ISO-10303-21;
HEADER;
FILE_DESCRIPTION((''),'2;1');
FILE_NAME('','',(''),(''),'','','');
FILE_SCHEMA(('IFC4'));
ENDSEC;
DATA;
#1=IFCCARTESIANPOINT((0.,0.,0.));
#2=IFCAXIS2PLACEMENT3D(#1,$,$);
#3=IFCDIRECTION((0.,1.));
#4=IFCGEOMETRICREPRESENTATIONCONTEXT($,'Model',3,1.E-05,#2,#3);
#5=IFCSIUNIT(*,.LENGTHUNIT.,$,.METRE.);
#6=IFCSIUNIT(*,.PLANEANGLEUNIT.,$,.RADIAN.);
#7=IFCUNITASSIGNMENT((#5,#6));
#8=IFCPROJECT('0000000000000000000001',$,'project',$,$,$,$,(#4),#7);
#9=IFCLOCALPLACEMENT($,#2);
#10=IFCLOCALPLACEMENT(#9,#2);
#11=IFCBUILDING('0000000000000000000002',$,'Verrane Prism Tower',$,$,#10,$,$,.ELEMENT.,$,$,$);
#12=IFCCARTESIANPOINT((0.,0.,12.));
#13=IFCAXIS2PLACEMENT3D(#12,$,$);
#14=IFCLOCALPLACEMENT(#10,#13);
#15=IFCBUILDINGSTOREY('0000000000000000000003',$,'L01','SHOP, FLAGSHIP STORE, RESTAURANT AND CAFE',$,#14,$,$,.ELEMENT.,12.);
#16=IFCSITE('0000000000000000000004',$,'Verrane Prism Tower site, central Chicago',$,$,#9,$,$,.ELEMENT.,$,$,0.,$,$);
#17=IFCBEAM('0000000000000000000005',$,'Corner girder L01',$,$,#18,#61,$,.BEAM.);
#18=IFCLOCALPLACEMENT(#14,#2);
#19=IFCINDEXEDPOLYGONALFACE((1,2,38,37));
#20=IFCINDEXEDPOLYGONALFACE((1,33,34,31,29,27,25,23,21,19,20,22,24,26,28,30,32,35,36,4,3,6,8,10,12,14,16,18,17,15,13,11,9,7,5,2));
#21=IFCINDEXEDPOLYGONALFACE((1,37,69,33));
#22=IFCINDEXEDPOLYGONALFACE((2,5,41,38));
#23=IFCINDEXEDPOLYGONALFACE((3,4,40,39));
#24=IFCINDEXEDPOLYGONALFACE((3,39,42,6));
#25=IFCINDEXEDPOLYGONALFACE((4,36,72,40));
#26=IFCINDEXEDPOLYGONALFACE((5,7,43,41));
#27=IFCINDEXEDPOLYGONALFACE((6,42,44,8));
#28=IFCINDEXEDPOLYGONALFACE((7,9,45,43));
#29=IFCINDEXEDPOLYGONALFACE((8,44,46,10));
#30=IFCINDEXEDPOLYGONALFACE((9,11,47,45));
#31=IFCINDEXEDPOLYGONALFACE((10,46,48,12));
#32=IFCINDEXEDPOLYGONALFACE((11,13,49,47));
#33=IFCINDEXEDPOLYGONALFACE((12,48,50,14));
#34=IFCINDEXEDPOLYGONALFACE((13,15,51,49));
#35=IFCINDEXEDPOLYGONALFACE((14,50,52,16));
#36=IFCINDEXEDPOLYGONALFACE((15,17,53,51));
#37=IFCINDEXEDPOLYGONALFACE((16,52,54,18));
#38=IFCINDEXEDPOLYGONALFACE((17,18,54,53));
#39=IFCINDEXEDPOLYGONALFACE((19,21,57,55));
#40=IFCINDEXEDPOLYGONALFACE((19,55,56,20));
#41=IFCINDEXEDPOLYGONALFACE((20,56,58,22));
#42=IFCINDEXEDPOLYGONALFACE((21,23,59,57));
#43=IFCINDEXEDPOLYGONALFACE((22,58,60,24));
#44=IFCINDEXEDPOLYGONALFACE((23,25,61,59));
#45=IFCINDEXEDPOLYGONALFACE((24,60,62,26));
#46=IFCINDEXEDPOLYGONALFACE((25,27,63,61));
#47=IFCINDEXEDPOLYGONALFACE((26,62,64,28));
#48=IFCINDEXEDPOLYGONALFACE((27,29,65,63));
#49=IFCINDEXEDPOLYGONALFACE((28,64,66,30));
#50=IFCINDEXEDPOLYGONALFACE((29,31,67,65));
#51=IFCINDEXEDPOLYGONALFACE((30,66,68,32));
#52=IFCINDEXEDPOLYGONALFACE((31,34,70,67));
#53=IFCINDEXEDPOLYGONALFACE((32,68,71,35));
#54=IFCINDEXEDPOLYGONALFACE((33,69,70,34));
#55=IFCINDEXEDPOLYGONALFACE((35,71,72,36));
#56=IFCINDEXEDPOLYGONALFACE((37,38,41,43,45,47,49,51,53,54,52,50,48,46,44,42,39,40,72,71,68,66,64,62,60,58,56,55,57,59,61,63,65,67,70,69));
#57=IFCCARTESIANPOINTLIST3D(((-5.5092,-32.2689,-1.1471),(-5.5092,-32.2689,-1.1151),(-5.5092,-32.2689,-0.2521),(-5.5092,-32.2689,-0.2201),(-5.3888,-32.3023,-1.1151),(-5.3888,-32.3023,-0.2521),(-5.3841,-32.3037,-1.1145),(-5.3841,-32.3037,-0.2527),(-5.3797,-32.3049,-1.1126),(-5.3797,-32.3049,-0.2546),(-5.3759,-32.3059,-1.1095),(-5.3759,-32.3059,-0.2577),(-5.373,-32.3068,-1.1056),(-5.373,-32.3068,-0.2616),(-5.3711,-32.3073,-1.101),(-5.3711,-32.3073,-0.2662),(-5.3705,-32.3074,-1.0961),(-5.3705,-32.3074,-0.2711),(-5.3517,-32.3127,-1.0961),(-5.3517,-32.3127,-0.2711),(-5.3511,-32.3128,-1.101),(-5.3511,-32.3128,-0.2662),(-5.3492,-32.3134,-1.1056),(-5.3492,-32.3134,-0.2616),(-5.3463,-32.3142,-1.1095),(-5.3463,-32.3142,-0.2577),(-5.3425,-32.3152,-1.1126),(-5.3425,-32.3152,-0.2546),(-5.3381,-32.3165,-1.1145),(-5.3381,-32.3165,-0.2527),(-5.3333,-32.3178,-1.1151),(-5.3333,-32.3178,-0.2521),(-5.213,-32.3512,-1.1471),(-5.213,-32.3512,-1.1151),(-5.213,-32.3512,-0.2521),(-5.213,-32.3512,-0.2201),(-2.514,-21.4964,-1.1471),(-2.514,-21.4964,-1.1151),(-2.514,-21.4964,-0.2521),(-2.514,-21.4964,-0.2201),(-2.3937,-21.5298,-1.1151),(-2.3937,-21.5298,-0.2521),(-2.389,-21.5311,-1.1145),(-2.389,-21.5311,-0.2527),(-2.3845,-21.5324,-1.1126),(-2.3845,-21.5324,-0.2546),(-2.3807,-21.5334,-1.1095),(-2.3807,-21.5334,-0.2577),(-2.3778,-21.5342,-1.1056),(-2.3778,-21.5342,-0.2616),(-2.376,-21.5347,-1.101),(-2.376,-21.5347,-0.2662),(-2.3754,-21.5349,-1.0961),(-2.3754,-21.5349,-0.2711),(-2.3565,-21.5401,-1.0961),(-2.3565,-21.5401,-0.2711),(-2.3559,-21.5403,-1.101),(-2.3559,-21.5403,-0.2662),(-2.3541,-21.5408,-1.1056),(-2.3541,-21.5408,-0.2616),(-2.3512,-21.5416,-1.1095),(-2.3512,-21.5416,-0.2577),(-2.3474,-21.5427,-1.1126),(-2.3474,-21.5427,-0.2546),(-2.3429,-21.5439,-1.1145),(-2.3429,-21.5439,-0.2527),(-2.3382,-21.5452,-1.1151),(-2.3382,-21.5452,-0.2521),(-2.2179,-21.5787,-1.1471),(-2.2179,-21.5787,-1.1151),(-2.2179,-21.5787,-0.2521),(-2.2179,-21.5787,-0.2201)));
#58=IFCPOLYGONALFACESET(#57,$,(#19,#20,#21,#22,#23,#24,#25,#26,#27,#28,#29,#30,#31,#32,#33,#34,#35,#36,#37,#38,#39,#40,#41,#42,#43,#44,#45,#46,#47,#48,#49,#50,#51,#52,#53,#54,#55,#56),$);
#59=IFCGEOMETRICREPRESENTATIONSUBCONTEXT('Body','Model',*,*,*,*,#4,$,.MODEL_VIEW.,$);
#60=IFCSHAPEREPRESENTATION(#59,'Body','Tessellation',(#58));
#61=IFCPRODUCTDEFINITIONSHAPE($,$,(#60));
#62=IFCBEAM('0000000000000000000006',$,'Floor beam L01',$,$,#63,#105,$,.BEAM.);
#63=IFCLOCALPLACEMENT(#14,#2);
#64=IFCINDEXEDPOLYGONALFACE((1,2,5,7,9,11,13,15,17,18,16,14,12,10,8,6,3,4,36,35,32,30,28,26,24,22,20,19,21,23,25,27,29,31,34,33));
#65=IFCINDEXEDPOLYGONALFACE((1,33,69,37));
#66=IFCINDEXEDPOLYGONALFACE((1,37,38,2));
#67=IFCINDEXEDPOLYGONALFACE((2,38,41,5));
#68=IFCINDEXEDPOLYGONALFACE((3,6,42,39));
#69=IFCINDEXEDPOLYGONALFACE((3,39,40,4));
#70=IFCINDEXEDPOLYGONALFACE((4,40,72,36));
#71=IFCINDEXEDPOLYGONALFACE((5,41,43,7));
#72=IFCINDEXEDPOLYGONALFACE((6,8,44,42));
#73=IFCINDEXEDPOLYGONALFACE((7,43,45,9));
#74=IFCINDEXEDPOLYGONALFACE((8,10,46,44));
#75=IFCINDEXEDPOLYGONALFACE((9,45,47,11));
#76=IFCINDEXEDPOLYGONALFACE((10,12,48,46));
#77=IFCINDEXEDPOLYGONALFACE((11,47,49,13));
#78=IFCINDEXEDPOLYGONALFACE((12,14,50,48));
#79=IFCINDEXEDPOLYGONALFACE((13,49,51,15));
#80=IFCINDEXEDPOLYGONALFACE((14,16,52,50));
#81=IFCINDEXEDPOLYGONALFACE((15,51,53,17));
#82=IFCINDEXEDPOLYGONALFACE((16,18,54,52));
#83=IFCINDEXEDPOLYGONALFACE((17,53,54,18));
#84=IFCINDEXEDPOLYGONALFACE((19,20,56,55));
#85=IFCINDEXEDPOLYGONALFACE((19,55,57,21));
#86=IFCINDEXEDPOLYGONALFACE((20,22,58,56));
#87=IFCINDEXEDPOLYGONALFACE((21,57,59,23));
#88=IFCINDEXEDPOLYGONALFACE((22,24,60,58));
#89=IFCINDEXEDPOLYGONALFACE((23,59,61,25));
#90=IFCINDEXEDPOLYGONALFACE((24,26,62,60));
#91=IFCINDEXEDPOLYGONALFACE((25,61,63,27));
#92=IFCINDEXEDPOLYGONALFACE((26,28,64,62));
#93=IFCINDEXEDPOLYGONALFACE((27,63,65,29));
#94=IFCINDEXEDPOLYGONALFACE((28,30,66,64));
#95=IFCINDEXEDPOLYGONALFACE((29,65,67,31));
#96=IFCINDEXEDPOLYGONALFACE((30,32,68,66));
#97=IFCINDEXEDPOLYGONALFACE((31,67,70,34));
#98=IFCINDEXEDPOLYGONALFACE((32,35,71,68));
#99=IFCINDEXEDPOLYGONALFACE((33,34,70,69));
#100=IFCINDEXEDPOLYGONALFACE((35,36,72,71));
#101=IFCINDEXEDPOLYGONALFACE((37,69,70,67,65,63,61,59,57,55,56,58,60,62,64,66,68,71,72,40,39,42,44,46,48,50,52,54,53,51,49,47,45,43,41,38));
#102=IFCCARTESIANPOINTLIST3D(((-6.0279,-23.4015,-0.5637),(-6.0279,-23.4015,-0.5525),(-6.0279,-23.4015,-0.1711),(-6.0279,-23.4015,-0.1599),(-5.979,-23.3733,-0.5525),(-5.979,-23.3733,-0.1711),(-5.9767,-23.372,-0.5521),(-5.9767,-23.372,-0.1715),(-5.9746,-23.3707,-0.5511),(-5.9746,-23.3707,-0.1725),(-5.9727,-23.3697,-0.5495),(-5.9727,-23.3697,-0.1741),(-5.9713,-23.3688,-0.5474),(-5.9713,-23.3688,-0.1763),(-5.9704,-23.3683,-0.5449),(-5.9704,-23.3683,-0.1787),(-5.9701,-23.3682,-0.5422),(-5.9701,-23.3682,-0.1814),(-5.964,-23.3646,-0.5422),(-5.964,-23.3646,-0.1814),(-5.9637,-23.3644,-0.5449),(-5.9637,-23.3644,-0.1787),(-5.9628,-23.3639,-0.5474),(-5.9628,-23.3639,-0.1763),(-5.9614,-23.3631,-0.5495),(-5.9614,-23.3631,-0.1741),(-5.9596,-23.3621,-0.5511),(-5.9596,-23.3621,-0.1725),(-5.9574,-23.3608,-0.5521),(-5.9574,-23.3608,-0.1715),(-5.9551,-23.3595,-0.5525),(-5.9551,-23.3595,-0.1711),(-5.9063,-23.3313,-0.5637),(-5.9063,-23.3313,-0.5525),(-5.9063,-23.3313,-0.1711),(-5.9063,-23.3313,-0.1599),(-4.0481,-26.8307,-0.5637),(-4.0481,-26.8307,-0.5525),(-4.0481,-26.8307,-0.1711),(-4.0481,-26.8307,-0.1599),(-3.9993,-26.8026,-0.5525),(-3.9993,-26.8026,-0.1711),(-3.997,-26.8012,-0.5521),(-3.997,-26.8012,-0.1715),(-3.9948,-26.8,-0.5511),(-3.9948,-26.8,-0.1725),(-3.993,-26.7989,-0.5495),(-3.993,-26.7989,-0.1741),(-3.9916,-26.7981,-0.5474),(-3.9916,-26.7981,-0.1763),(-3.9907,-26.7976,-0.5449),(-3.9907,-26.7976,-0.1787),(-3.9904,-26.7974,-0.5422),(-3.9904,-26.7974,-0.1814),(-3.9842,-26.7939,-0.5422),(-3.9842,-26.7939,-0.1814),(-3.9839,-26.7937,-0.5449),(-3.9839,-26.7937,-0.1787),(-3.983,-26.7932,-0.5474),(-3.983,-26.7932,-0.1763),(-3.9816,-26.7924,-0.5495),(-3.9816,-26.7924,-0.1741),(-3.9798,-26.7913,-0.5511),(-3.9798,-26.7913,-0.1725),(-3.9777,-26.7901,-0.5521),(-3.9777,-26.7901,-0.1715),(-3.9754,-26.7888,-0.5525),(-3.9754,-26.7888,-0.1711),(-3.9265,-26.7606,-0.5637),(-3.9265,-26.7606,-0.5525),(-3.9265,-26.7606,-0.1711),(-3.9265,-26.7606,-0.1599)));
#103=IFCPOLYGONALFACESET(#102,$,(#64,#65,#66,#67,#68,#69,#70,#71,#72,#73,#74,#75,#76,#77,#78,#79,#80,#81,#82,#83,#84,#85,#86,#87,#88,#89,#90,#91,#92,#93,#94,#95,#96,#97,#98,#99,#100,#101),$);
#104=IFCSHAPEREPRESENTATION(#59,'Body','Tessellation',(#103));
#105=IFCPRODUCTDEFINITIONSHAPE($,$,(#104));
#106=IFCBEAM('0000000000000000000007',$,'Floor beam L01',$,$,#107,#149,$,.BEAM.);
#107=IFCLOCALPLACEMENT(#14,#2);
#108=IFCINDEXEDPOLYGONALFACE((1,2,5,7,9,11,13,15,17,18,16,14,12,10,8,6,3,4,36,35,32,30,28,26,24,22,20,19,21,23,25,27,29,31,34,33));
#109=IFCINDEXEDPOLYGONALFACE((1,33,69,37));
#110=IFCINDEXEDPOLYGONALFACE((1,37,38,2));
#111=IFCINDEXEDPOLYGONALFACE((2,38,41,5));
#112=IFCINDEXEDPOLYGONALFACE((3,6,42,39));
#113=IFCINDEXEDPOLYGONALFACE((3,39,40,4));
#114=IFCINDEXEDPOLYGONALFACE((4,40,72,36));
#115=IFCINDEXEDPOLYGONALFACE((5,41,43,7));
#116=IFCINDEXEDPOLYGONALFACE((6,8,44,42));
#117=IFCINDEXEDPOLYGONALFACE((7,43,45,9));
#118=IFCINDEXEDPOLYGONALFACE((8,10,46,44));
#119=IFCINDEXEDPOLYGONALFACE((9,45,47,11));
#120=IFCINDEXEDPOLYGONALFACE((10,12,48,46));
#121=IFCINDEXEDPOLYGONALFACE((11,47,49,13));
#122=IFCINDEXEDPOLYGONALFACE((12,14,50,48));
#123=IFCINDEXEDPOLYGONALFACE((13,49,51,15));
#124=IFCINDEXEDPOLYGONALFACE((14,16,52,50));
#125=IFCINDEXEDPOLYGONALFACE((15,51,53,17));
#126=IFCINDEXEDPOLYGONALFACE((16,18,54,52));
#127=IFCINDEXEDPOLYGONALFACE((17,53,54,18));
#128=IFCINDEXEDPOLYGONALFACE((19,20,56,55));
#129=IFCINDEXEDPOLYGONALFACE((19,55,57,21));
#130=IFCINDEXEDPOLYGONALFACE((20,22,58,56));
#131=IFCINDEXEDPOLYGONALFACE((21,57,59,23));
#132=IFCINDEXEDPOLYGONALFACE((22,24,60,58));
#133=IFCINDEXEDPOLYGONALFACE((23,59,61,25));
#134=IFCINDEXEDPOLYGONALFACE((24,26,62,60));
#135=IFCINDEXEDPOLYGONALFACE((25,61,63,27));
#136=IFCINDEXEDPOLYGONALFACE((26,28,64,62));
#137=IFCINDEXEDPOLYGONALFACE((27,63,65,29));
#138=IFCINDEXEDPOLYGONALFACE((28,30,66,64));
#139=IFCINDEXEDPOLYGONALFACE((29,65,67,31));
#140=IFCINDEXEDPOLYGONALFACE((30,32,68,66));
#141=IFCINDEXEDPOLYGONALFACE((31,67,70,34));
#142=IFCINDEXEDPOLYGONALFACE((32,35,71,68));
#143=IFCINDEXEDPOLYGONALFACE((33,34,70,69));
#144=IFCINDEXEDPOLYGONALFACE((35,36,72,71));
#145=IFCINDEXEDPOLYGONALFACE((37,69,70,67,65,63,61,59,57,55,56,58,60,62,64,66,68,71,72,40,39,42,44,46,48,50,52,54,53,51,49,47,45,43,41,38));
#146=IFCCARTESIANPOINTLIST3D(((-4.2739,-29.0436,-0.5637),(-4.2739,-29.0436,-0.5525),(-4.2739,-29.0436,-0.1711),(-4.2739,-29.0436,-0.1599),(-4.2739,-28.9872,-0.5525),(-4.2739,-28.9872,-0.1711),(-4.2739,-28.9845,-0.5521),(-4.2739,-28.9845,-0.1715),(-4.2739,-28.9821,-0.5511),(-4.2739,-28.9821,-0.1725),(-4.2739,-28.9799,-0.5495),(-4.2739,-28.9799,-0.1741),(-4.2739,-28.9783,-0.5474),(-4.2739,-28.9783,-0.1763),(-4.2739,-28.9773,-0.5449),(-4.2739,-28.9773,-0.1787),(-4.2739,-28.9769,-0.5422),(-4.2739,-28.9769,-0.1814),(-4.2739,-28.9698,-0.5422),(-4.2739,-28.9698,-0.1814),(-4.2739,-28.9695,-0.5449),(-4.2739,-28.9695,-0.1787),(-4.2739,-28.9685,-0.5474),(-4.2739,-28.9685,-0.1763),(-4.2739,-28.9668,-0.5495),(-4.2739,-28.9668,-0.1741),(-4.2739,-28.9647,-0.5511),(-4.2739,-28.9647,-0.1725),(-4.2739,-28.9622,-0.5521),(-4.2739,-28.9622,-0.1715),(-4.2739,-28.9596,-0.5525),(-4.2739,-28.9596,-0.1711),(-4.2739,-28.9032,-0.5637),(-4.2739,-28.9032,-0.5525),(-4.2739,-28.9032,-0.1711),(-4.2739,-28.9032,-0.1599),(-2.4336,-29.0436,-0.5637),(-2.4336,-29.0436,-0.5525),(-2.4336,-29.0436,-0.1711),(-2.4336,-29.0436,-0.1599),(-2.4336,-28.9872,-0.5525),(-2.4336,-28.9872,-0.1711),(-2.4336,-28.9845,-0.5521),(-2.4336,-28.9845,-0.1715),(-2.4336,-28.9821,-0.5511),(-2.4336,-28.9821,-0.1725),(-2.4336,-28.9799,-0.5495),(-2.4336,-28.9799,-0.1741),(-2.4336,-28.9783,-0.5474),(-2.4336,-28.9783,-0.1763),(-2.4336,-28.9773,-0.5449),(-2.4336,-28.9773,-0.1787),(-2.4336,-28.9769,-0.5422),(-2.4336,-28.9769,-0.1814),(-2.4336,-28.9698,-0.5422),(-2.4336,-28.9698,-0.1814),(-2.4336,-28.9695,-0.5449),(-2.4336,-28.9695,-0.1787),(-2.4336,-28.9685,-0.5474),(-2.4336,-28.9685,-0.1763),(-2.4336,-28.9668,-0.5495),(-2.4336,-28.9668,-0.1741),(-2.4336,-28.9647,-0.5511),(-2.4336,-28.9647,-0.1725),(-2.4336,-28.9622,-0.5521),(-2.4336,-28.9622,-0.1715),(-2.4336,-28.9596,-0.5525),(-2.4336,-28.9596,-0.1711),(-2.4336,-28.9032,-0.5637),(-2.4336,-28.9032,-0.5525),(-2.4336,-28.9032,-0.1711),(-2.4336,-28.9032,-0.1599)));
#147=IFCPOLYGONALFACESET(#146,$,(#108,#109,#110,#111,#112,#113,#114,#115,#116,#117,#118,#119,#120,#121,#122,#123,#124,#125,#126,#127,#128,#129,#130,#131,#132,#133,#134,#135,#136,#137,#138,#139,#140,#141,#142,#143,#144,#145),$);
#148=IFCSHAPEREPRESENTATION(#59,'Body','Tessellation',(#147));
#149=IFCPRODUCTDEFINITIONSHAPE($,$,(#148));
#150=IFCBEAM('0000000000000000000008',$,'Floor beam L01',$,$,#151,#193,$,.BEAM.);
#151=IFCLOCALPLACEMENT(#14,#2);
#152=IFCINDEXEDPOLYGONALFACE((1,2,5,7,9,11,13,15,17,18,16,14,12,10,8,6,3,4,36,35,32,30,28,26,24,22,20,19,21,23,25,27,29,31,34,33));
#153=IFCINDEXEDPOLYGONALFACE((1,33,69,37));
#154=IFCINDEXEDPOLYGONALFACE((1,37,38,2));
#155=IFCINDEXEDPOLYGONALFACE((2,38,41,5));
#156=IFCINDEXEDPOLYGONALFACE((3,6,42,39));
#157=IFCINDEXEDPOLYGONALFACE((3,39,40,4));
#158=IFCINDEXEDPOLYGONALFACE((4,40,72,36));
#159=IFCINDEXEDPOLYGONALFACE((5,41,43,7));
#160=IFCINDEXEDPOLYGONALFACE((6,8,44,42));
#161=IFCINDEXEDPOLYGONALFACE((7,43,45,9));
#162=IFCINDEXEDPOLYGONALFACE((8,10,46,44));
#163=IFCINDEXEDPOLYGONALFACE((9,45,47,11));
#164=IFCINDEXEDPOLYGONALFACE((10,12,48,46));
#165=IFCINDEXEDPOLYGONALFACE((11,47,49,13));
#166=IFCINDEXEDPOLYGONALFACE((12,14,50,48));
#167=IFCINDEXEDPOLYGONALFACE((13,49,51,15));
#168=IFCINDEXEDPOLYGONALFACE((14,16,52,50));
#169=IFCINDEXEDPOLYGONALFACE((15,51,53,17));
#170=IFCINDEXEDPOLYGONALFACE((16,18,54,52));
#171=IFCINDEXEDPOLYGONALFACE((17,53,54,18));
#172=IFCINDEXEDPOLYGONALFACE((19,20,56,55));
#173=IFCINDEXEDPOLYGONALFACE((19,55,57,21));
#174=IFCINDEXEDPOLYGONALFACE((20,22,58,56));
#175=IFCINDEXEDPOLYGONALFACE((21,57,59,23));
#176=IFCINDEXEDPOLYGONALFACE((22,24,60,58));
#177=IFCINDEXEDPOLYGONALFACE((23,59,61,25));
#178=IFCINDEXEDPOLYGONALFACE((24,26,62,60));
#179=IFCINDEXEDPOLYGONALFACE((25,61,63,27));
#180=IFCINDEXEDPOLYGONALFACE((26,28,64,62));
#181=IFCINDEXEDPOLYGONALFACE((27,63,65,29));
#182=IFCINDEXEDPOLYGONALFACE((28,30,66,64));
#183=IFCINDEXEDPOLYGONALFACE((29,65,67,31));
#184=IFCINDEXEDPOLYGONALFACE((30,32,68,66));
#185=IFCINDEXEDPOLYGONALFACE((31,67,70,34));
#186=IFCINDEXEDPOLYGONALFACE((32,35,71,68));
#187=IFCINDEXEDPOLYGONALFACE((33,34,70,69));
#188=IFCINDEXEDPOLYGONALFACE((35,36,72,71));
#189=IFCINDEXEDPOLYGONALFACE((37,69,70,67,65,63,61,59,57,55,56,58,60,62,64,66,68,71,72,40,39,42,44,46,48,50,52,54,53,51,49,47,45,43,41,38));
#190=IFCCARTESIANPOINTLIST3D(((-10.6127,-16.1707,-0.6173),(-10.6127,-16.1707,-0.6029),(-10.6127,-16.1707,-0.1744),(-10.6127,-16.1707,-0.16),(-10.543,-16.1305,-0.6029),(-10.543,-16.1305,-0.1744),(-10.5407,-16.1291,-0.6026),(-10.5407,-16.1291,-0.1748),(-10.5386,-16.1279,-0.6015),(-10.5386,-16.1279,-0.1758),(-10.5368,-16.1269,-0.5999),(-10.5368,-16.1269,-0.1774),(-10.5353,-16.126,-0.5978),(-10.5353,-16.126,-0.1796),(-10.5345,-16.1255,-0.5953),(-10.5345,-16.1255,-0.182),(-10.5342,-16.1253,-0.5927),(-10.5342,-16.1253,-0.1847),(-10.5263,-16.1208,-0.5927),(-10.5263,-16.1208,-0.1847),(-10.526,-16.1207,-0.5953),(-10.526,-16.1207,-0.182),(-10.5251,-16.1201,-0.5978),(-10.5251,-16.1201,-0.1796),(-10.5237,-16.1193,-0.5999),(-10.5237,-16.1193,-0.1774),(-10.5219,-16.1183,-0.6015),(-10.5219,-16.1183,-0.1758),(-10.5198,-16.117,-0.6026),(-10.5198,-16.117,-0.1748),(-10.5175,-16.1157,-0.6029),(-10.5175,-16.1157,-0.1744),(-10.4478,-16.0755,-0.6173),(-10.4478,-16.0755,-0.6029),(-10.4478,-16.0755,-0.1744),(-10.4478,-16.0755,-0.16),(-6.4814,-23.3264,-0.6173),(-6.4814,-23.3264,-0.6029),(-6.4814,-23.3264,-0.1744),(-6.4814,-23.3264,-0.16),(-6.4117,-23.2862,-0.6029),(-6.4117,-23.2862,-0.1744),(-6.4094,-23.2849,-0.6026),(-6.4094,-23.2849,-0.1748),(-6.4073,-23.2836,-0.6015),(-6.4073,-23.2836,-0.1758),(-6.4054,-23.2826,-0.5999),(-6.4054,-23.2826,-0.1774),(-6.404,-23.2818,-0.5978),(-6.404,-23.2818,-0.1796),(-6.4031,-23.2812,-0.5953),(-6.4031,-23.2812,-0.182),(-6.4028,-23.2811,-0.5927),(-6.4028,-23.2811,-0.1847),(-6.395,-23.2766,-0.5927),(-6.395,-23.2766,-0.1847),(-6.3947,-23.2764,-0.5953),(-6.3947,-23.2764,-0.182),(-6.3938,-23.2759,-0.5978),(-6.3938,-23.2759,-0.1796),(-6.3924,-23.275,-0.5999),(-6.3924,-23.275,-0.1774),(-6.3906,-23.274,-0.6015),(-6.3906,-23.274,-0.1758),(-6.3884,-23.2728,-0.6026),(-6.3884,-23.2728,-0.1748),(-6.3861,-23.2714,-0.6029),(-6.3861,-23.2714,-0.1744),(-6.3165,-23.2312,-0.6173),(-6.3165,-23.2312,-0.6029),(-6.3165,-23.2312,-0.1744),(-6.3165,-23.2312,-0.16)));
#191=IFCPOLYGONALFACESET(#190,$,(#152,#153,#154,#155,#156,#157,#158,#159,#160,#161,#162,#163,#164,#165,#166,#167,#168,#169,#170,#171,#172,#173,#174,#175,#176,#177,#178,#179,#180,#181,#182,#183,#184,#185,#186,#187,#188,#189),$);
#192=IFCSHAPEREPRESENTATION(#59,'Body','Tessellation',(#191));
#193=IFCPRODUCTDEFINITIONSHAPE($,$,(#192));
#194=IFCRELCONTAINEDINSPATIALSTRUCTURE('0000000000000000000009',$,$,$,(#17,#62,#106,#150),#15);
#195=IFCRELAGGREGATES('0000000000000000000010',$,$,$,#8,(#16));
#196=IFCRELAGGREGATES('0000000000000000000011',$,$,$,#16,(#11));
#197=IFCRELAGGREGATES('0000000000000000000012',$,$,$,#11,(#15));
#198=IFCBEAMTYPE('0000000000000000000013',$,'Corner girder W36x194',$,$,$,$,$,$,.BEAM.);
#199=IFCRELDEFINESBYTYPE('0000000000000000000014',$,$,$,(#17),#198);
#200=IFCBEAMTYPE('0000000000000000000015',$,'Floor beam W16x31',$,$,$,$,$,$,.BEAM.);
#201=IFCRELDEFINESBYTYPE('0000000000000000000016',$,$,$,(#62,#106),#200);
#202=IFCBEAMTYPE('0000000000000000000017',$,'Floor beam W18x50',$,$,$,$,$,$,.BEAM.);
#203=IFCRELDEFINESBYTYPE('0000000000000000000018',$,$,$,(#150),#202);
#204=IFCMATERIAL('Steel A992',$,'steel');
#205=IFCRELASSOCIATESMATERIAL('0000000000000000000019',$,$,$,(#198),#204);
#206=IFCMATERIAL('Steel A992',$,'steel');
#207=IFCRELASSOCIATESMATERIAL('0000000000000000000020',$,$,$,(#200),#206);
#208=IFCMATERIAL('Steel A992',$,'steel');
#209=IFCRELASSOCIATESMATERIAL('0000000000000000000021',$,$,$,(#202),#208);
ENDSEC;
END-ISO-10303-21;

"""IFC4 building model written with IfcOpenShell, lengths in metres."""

from ifc_helpers import new_model, si_unit, direction, frame, origin, origin_2d, place, context, subcontext, project, spatial, i_section, extrude, material, material_profile, profile_set, type_object, element, save


model = new_model("IFC4")

# Units and contexts
model_context = context("Model", 3, precision=1e-05, world=origin(), true_north=direction((0.0, 1.0)))
body_context = subcontext(model_context, "Body", "Model", "MODEL_VIEW")
ifc_project = project(units=[si_unit("LENGTHUNIT", "METRE"), si_unit("PLANEANGLEUNIT", "RADIAN")], contexts=[model_context])

# Site, building, storey
site_placement = place(None, origin())
site = spatial("IfcSite", under=ifc_project, at=site_placement, Name="Verrane Prism Tower site, central Chicago", CompositionType="ELEMENT", RefElevation=0.0)
building_placement = place(site_placement, origin())
building = spatial("IfcBuilding", under=site, at=building_placement, Name="Verrane Prism Tower", CompositionType="ELEMENT")
storey_placement = place(building_placement, frame((0.0, 0.0, 12.0)))
storey = spatial("IfcBuildingStorey", under=building, at=storey_placement, Name="L01", Description="SHOP, FLAGSHIP STORE, RESTAURANT AND CAFE", CompositionType="ELEMENT", Elevation=12.0)

# Beams
ifc_material_1 = material(Name="Steel A992", Category="steel")
ifc_material_profile_1 = material_profile(ifc_material_1, i_section(OverallWidth=0.3074, OverallDepth=0.927, WebThickness=0.0195, FlangeThickness=0.032, FilletRadius=0.019, at=origin_2d()), Name="W36x194")
ifc_profile_set_1 = profile_set([ifc_material_profile_1], Name="Steel A992")
beam_type_1 = type_object("IfcBeamType", Name="Corner girder W36x194", PredefinedType="BEAM", material=ifc_profile_set_1)
beam_1_placement = place(storey_placement, frame((-5.3611, -32.3101, -0.6836), z_axis=(0.267874, 0.963454, 0.0), x_axis=(-0.963454, 0.267874, 0.0)))
element("IfcBeam", 1, at=beam_1_placement, inside=storey, type_object=beam_type_1, Name="Corner girder L01", PredefinedType="BEAM", context=body_context, shape_type="SweptSolid", body=[
    extrude(i_section(OverallWidth=0.3074, OverallDepth=0.927, WebThickness=0.0195, FlangeThickness=0.032, FilletRadius=0.019, at=origin_2d()), origin(), (0.0, 0.0, 1.0), 11.1812),
])
ifc_material_2 = material(Name="Steel A992", Category="steel")
ifc_material_profile_2 = material_profile(ifc_material_2, i_section(OverallWidth=0.1404, OverallDepth=0.4038, WebThickness=0.0071, FlangeThickness=0.0112, FilletRadius=0.0103, at=origin_2d()), Name="W16x31")
ifc_profile_set_2 = profile_set([ifc_material_profile_2], Name="Steel A992")
beam_type_2 = type_object("IfcBeamType", Name="Floor beam W16x31", PredefinedType="BEAM", material=ifc_profile_set_2)
beam_2_placement = place(storey_placement, frame((-3.9873, -26.7957, -0.3618), z_axis=(-0.499979, 0.866038, 0.0), x_axis=(-0.866038, -0.499979, 0.0)))
element("IfcBeam", 2, at=beam_2_placement, inside=storey, type_object=beam_type_2, Name="Floor beam L01", PredefinedType="BEAM", context=body_context, shape_type="SweptSolid", body=[
    extrude(i_section(OverallWidth=0.1404, OverallDepth=0.4038, WebThickness=0.0071, FlangeThickness=0.0112, FilletRadius=0.0103, at=origin_2d()), origin(), (0.0, 0.0, 1.0), 3.9597),
])
beam_3_placement = place(storey_placement, frame((-4.2739, -28.9734, -0.3618), z_axis=(1.0, 0.0, 0.0), x_axis=(0.0, 1.0, 0.0)))
element("IfcBeam", 3, at=beam_3_placement, inside=storey, type_object=beam_type_2, Name="Floor beam L01", PredefinedType="BEAM", context=body_context, shape_type="SweptSolid", body=[
    extrude(i_section(OverallWidth=0.1404, OverallDepth=0.4038, WebThickness=0.0071, FlangeThickness=0.0112, FilletRadius=0.0103, at=origin_2d()), origin(), (0.0, 0.0, 1.0), 1.8403),
])
ifc_material_3 = material(Name="Steel A992", Category="steel")
ifc_material_profile_3 = material_profile(ifc_material_3, i_section(OverallWidth=0.1904, OverallDepth=0.4573, WebThickness=0.009, FlangeThickness=0.0144, FilletRadius=0.0103, at=origin_2d()), Name="W18x50")
ifc_profile_set_3 = profile_set([ifc_material_profile_3], Name="Steel A992")
beam_type_3 = type_object("IfcBeamType", Name="Floor beam W18x50", PredefinedType="BEAM", material=ifc_profile_set_3)
beam_4_placement = place(storey_placement, frame((-6.3989, -23.2788, -0.3887), z_axis=(-0.499997, 0.866027, 0.0), x_axis=(-0.866027, -0.499997, 0.0)))
element("IfcBeam", 4, at=beam_4_placement, inside=storey, type_object=beam_type_3, Name="Floor beam L01", PredefinedType="BEAM", context=body_context, shape_type="SweptSolid", body=[
    extrude(i_section(OverallWidth=0.1904, OverallDepth=0.4573, WebThickness=0.009, FlangeThickness=0.0144, FilletRadius=0.0103, at=origin_2d()), origin(), (0.0, 0.0, 1.0), 8.2627),
])

save(model, "model.ifc")
